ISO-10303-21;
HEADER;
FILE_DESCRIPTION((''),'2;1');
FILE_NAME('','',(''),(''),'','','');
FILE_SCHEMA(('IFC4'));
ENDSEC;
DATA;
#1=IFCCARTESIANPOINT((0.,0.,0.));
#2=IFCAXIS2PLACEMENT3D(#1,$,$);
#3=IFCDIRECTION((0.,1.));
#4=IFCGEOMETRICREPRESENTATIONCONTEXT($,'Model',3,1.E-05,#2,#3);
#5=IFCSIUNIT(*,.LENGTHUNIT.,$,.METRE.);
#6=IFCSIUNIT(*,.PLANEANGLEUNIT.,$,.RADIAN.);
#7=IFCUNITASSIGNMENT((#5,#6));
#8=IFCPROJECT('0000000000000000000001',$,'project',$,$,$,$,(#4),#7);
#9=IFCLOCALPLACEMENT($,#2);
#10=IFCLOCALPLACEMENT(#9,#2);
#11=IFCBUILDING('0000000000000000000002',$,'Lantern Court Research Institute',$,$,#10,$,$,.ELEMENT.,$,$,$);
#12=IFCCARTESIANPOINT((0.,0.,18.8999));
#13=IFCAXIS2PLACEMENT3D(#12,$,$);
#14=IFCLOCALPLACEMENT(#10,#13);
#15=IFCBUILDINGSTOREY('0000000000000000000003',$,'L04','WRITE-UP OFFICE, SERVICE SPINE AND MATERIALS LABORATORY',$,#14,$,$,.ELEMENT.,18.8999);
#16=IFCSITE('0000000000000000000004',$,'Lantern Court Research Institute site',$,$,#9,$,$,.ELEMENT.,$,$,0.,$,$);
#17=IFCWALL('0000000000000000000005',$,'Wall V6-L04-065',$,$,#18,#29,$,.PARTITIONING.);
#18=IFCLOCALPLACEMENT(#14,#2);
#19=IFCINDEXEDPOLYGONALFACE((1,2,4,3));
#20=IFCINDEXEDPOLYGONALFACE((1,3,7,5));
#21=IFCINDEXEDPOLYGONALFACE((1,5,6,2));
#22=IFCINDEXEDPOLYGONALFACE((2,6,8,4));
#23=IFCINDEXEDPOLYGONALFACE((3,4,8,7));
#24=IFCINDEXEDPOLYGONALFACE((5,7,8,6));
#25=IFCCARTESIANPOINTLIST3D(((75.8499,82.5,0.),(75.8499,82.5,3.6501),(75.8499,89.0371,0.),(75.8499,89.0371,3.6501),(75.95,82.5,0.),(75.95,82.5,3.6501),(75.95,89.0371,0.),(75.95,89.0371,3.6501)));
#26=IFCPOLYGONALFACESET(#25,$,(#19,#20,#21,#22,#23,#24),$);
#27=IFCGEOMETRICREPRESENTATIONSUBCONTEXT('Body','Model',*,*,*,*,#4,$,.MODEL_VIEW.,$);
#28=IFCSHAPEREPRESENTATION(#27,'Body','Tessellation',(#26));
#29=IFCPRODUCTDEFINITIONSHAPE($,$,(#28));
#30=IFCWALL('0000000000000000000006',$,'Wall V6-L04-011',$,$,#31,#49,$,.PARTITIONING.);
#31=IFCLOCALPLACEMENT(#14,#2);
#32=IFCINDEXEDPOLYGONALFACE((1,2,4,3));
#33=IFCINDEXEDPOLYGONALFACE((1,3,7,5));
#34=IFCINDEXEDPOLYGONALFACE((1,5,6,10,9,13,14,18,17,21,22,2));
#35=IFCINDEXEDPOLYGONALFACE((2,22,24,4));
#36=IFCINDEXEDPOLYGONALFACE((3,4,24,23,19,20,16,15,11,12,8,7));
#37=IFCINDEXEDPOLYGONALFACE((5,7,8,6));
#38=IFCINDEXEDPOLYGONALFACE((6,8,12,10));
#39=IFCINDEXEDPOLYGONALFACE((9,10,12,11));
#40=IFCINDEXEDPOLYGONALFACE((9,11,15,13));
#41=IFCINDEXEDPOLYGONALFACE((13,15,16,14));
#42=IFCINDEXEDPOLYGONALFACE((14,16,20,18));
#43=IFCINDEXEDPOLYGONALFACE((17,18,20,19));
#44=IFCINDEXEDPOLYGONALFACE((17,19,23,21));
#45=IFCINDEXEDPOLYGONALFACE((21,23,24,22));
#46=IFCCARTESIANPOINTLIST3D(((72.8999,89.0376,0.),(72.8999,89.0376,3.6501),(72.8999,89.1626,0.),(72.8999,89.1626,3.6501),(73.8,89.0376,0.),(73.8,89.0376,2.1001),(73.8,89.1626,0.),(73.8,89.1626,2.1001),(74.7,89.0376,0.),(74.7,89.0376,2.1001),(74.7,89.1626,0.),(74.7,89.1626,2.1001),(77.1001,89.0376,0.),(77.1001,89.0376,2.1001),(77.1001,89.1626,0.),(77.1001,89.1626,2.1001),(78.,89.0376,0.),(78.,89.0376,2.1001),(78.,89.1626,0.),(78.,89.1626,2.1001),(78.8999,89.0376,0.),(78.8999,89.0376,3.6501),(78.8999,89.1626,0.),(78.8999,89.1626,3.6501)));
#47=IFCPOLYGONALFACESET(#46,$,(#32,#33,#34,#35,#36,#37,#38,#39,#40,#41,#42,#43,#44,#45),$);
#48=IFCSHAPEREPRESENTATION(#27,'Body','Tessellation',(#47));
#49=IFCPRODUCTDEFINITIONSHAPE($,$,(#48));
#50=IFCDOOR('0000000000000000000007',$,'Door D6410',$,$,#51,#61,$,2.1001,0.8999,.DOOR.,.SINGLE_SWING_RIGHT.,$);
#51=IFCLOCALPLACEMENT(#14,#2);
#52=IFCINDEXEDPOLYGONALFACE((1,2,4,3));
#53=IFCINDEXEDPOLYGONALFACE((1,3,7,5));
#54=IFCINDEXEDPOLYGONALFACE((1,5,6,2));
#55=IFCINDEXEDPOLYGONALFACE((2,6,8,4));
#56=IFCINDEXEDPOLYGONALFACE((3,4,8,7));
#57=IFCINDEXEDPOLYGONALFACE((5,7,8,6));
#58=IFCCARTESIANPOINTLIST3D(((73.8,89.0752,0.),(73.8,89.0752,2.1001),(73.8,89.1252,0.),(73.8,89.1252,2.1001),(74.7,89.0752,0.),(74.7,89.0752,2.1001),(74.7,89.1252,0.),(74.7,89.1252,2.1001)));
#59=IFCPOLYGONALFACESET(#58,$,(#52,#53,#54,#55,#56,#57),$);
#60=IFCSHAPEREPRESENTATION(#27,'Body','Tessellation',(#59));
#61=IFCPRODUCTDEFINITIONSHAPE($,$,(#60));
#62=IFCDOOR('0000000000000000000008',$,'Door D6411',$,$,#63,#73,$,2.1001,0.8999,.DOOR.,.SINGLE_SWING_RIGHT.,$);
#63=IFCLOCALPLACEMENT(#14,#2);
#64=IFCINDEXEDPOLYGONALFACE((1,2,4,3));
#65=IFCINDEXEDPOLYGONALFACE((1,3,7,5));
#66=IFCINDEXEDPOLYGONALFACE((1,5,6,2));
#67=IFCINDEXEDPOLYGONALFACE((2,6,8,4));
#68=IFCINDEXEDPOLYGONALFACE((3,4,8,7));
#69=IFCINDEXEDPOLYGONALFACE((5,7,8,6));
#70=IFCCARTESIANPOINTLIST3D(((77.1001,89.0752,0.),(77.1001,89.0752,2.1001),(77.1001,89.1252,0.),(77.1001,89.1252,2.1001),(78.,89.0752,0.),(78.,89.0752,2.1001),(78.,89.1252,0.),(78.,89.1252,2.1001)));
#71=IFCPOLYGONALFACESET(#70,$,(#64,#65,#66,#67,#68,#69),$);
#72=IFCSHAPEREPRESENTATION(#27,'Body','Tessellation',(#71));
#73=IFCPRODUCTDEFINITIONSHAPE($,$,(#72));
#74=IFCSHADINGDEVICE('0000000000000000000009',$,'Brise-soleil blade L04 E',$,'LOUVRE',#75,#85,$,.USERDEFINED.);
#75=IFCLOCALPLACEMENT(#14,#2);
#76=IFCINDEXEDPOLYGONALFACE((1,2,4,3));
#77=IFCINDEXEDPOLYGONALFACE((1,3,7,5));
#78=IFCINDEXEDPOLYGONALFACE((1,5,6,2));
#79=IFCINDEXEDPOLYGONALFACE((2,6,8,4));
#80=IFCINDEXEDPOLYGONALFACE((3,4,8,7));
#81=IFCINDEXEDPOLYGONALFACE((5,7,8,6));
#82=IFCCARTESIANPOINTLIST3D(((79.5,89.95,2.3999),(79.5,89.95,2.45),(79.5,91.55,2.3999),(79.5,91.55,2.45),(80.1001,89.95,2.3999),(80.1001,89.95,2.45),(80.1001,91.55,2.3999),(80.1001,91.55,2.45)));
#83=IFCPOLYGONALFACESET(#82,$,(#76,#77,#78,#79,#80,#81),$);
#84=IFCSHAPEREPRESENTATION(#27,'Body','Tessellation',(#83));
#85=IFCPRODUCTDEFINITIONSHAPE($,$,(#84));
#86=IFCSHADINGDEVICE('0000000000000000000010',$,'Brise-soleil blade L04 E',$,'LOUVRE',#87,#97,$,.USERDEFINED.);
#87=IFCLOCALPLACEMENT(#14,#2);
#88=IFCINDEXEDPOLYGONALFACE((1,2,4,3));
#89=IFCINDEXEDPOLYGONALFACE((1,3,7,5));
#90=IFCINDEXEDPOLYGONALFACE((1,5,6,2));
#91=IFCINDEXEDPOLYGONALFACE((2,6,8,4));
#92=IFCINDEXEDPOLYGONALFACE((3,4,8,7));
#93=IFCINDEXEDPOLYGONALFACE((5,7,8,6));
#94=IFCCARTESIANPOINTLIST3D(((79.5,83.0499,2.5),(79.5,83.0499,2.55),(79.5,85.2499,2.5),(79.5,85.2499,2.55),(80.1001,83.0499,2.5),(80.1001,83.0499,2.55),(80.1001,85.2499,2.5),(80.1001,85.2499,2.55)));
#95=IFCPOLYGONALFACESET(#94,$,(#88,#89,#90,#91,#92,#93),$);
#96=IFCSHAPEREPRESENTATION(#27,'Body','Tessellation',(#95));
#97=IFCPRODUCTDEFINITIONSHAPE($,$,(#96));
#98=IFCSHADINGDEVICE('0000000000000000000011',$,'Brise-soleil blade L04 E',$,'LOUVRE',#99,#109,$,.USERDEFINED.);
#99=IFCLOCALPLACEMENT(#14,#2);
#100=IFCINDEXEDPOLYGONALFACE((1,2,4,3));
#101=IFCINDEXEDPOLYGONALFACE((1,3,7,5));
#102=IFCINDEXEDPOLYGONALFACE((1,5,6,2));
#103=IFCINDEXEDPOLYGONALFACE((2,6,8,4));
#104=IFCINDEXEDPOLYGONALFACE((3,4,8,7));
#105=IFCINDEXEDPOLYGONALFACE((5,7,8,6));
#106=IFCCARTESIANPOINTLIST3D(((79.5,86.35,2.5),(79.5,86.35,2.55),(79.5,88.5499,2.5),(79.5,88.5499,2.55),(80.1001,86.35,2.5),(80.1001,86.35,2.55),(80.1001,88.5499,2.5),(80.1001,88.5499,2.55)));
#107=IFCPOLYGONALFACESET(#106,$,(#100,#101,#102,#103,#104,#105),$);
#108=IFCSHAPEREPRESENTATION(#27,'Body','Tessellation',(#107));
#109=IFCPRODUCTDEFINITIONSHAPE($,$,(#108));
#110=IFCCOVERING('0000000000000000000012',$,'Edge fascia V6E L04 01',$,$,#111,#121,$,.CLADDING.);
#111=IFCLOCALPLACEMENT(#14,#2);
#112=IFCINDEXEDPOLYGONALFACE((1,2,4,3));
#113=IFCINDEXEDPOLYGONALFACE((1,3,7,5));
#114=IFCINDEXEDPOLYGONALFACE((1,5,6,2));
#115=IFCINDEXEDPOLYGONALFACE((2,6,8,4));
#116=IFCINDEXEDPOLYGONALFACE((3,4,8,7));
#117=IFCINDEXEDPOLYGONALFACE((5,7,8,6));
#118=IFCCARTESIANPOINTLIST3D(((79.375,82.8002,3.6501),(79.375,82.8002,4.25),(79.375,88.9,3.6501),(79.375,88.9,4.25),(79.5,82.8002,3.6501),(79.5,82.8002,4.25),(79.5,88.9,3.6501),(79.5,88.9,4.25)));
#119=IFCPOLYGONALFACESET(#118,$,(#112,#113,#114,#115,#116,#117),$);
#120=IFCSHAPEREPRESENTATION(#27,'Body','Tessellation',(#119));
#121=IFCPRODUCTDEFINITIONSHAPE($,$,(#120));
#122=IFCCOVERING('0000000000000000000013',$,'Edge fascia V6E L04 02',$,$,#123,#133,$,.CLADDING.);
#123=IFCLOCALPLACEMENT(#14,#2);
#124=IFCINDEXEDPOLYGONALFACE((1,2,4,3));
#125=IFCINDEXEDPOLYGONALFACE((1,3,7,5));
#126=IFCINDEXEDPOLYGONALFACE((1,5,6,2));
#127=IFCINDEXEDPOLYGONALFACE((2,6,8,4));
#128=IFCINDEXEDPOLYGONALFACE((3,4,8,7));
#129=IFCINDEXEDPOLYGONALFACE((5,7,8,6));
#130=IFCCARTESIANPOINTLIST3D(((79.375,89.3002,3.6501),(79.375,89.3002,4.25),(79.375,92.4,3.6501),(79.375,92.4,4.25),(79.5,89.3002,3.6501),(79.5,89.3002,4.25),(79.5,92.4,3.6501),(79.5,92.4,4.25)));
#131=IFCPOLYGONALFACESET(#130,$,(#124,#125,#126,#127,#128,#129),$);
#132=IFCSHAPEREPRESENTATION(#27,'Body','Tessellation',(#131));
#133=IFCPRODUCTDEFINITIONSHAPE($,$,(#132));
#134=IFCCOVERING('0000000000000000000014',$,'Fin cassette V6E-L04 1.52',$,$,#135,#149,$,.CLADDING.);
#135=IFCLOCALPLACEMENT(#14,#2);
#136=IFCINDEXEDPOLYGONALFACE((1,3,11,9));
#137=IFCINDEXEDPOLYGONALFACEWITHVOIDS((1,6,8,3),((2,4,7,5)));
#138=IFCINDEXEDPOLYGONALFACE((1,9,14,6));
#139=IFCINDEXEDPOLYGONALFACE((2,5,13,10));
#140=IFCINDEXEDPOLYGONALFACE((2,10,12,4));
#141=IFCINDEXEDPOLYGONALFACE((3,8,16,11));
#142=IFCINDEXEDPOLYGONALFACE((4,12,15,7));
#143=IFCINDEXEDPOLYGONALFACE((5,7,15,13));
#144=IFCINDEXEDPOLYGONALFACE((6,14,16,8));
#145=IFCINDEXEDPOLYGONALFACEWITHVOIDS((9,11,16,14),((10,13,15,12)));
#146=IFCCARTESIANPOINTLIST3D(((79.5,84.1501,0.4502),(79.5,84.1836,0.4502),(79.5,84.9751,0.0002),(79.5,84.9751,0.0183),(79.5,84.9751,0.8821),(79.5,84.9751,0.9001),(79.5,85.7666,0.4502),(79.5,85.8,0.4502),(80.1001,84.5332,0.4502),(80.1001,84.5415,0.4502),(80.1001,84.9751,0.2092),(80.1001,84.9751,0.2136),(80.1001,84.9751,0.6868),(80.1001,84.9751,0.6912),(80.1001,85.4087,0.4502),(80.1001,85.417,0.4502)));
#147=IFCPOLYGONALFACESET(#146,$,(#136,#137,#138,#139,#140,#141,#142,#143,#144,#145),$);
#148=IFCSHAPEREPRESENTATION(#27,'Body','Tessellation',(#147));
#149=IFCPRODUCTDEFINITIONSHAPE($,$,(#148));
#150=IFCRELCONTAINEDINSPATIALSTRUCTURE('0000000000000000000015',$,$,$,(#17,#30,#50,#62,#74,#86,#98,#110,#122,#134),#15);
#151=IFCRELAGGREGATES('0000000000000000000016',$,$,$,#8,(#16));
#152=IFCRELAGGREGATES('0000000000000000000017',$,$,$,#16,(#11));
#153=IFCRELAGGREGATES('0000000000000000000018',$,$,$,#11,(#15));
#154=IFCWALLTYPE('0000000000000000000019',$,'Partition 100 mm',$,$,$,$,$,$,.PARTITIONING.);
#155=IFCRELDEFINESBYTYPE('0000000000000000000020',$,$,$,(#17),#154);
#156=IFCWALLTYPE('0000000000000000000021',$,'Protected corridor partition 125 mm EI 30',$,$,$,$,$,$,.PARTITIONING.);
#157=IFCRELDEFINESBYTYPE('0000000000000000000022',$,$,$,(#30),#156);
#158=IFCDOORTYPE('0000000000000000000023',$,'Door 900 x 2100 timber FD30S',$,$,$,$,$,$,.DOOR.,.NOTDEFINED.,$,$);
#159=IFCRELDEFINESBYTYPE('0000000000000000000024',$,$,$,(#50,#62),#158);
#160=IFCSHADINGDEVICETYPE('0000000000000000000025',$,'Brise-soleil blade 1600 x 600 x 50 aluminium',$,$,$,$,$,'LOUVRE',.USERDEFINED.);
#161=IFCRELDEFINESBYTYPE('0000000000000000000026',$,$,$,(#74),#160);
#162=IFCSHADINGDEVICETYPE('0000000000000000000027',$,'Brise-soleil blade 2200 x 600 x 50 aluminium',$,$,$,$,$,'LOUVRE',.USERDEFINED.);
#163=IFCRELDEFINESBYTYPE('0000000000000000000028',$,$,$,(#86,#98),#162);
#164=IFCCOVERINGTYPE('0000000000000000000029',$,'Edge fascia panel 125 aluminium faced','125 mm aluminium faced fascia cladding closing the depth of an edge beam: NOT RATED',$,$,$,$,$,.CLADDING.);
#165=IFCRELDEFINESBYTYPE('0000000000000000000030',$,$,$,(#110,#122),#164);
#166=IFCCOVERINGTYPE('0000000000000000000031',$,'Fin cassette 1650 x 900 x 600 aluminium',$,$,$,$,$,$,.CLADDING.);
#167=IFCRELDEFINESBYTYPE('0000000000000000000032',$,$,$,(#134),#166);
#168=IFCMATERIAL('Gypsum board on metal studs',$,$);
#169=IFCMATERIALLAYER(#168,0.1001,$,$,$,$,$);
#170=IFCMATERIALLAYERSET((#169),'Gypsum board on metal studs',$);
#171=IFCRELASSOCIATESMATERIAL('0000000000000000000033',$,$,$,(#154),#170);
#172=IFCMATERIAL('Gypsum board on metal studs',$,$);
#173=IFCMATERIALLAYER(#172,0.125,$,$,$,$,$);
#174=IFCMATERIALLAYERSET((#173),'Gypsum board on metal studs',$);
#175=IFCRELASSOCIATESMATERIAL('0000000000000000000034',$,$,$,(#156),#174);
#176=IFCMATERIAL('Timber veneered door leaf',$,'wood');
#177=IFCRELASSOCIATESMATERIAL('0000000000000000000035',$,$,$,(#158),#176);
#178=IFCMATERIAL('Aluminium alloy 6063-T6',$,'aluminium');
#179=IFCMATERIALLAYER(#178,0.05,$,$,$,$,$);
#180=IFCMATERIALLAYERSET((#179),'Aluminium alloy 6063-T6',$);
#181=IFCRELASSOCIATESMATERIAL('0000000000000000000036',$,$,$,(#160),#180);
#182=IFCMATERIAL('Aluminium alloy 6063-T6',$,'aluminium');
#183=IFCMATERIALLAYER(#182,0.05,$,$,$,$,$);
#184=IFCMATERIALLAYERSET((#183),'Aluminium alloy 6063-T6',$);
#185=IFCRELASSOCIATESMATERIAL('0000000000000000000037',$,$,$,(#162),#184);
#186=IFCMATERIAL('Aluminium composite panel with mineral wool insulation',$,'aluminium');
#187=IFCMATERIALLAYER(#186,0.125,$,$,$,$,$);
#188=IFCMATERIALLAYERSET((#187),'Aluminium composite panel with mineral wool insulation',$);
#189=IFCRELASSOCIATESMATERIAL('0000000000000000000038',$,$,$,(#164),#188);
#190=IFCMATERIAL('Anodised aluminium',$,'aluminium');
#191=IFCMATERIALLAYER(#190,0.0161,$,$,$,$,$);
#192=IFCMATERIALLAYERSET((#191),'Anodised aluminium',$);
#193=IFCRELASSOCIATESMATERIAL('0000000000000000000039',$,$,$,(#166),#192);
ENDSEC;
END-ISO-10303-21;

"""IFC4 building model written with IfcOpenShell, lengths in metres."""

from ifc_helpers import new_model, entity, si_unit, direction, frame, frame_2d, origin, origin_2d, place, context, subcontext, project, spatial, rectangle, extrude, material, layer, layer_set, type_object, element, fill, save


model = new_model("IFC4")

# Units and contexts
model_context = context("Model", 3, precision=1e-05, world=origin(), true_north=direction((0.0, 1.0)))
body_context = subcontext(model_context, "Body", "Model", "MODEL_VIEW")
ifc_project = project(units=[si_unit("LENGTHUNIT", "METRE"), si_unit("PLANEANGLEUNIT", "RADIAN")], contexts=[model_context])

# Site, building, storey
site_placement = place(None, origin())
site = spatial("IfcSite", under=ifc_project, at=site_placement, Name="Lantern Court Research Institute site", CompositionType="ELEMENT", RefElevation=0.0)
building_placement = place(site_placement, origin())
building = spatial("IfcBuilding", under=site, at=building_placement, Name="Lantern Court Research Institute", CompositionType="ELEMENT")
storey_placement = place(building_placement, frame((0.0, 0.0, 18.8999)))
storey = spatial("IfcBuildingStorey", under=building, at=storey_placement, Name="L04", Description="WRITE-UP OFFICE, SERVICE SPINE AND MATERIALS LABORATORY", CompositionType="ELEMENT", Elevation=18.8999)

# Wall
ifc_material_1 = material(Name="Gypsum board on metal studs")
ifc_layer_1 = layer(ifc_material_1, 0.1001)
ifc_layer_set_1 = layer_set([ifc_layer_1], Name="Gypsum board on metal studs")
wall_type_1 = type_object("IfcWallType", Name="Partition 100 mm", PredefinedType="PARTITIONING", material=ifc_layer_set_1)
wall_1_placement = place(storey_placement, frame((75.8999, 82.5, 0.0), z_axis=(0.0, 0.0, 1.0), x_axis=(0.0, 1.0, 0.0)))
element("IfcWall", 1, at=wall_1_placement, inside=storey, type_object=wall_type_1, Name="Wall V6-L04-065", PredefinedType="PARTITIONING", context=body_context, shape_type="SweptSolid", body=[
    extrude(rectangle(XDim=6.5371, YDim=0.1001, at=frame_2d((3.2686, 0.0))), origin(), (0.0, 0.0, 1.0), 3.6501),
])

# Wall, openings, doors
ifc_material_2 = material(Name="Gypsum board on metal studs")
ifc_layer_2 = layer(ifc_material_2, 0.125)
ifc_layer_set_2 = layer_set([ifc_layer_2], Name="Gypsum board on metal studs")
wall_type_2 = type_object("IfcWallType", Name="Protected corridor partition 125 mm EI 30", PredefinedType="PARTITIONING", material=ifc_layer_set_2)
wall_2_placement = place(storey_placement, frame((78.8999, 89.1001, 0.0), z_axis=(0.0, 0.0, 1.0), x_axis=(-1.0, 0.0, 0.0)))
wall_2 = element("IfcWall", 2, at=wall_2_placement, inside=storey, type_object=wall_type_2, Name="Wall V6-L04-011", PredefinedType="PARTITIONING", context=body_context, shape_type="SweptSolid", body=[
    extrude(rectangle(XDim=6.0, YDim=0.125, at=frame_2d((3.0, 0.0))), origin(), (0.0, 0.0, 1.0), 3.6501),
])
opening_1_placement = place(wall_2_placement, frame((4.2, 0.0, 0.0)))
opening_1 = element("IfcOpeningElement", 3, at=opening_1_placement, cuts=wall_2, PredefinedType="OPENING", context=body_context, shape_type="SweptSolid", body=[
    extrude(rectangle(XDim=0.8999, YDim=2.1001, at=frame_2d((0.45, 1.05))), frame((0.0, 0.0725, 0.0), z_axis=(0.0, -1.0, 0.0), x_axis=(1.0, 0.0, 0.0)), (0.0, 0.0, 1.0), 0.145),
])
opening_2_placement = place(wall_2_placement, frame((0.8999, 0.0, 0.0)))
opening_2 = element("IfcOpeningElement", 4, at=opening_2_placement, cuts=wall_2, PredefinedType="OPENING", context=body_context, shape_type="SweptSolid", body=[
    extrude(rectangle(XDim=0.8999, YDim=2.1001, at=frame_2d((0.45, 1.05))), frame((0.0, 0.0725, 0.0), z_axis=(0.0, -1.0, 0.0), x_axis=(1.0, 0.0, 0.0)), (0.0, 0.0, 1.0), 0.145),
])
ifc_material_3 = material(Name="Timber veneered door leaf", Category="wood")
door_type = type_object("IfcDoorType", Name="Door 900 x 2100 timber FD30S", OperationType="NOTDEFINED", PredefinedType="DOOR", material=ifc_material_3)
door_1_placement = place(opening_1_placement, origin())
door_1 = element("IfcDoor", 5, at=door_1_placement, inside=storey, type_object=door_type, Name="Door D6410", OperationType="SINGLE_SWING_RIGHT", OverallHeight=2.1001, OverallWidth=0.8999, PredefinedType="DOOR", context=body_context, shape_type="SweptSolid", body=[
    extrude(rectangle(XDim=0.8999, YDim=2.1001, at=frame_2d((0.45, 1.05))), frame((0.0, 0.0249, 0.0), z_axis=(0.0, -1.0, 0.0), x_axis=(1.0, 0.0, 0.0)), (0.0, 0.0, 1.0), 0.05),
])
fill(opening_1, door_1)
door_2_placement = place(opening_2_placement, origin())
door_2 = element("IfcDoor", 6, at=door_2_placement, inside=storey, type_object=door_type, Name="Door D6411", OperationType="SINGLE_SWING_RIGHT", OverallHeight=2.1001, OverallWidth=0.8999, PredefinedType="DOOR", context=body_context, shape_type="SweptSolid", body=[
    extrude(rectangle(XDim=0.8999, YDim=2.1001, at=frame_2d((0.45, 1.05))), frame((0.0, 0.0249, 0.0), z_axis=(0.0, -1.0, 0.0), x_axis=(1.0, 0.0, 0.0)), (0.0, 0.0, 1.0), 0.05),
])
fill(opening_2, door_2)

# Shading devices
ifc_material_4 = material(Name="Aluminium alloy 6063-T6", Category="aluminium")
ifc_layer_3 = layer(ifc_material_4, 0.05)
ifc_layer_set_3 = layer_set([ifc_layer_3], Name="Aluminium alloy 6063-T6")
shading_device_type_1 = type_object("IfcShadingDeviceType", Name="Brise-soleil blade 1600 x 600 x 50 aluminium", ElementType="LOUVRE", PredefinedType="USERDEFINED", material=ifc_layer_set_3)
shading_device_placement = place(storey_placement, frame((79.8, 90.75, 2.3999), z_axis=(0.0, 0.0, 1.0), x_axis=(0.0, -1.0, 0.0)))
element("IfcShadingDevice", 7, at=shading_device_placement, inside=storey, type_object=shading_device_type_1, Name="Brise-soleil blade L04 E", ObjectType="LOUVRE", PredefinedType="USERDEFINED", context=body_context, shape_type="SweptSolid", body=[
    extrude(rectangle(XDim=1.6001, YDim=0.6001, at=origin_2d()), origin(), (0.0, 0.0, 1.0), 0.05),
])
ifc_material_5 = material(Name="Aluminium alloy 6063-T6", Category="aluminium")
ifc_layer_4 = layer(ifc_material_5, 0.05)
ifc_layer_set_4 = layer_set([ifc_layer_4], Name="Aluminium alloy 6063-T6")
shading_device_type_2 = type_object("IfcShadingDeviceType", Name="Brise-soleil blade 2200 x 600 x 50 aluminium", ElementType="LOUVRE", PredefinedType="USERDEFINED", material=ifc_layer_set_4)
for number, where, z_axis, x_axis, name in (
    (8, (79.8, 84.1499, 2.5), (0.0, 0.0, 1.0), (0.0, -1.0, 0.0), "Brise-soleil blade L04 E"),
    (9, (79.8, 87.45, 2.5), (0.0, 0.0, 1.0), (0.0, -1.0, 0.0), "Brise-soleil blade L04 E"),
):
    element("IfcShadingDevice", number, at=place(storey_placement, frame(where, z_axis=z_axis, x_axis=x_axis)), inside=storey, type_object=shading_device_type_2, Name=name, ObjectType="LOUVRE", PredefinedType="USERDEFINED", context=body_context, shape_type="SweptSolid", body=[
        extrude(rectangle(XDim=2.2, YDim=0.6001, at=origin_2d()), origin(), (0.0, 0.0, 1.0), 0.05),
    ])

# Coverings
ifc_material_6 = material(Name="Aluminium composite panel with mineral wool insulation", Category="aluminium")
ifc_layer_5 = layer(ifc_material_6, 0.125)
ifc_layer_set_5 = layer_set([ifc_layer_5], Name="Aluminium composite panel with mineral wool insulation")
covering_type_1 = type_object("IfcCoveringType", Name="Edge fascia panel 125 aluminium faced", Description="125 mm aluminium faced fascia cladding closing the depth of an edge beam: NOT RATED", PredefinedType="CLADDING", material=ifc_layer_set_5)
covering_1_placement = place(storey_placement, frame((79.4375, 88.8999, 3.6501), z_axis=(0.0, 0.0, 1.0), x_axis=(0.0, -1.0, 0.0)))
element("IfcCovering", 10, at=covering_1_placement, inside=storey, type_object=covering_type_1, Name="Edge fascia V6E L04 01", PredefinedType="CLADDING", context=body_context, shape_type="SweptSolid", body=[
    extrude(rectangle(XDim=6.0999, YDim=0.125, at=frame_2d((3.0498, 0.0))), origin(), (0.0, 0.0, 1.0), 0.5999),
])
covering_2_placement = place(storey_placement, frame((79.4375, 92.3999, 3.6501), z_axis=(0.0, 0.0, 1.0), x_axis=(0.0, -1.0, 0.0)))
element("IfcCovering", 11, at=covering_2_placement, inside=storey, type_object=covering_type_1, Name="Edge fascia V6E L04 02", PredefinedType="CLADDING", context=body_context, shape_type="SweptSolid", body=[
    extrude(rectangle(XDim=3.0999, YDim=0.125, at=frame_2d((1.5498, 0.0))), origin(), (0.0, 0.0, 1.0), 0.5999),
])
ifc_material_7 = material(Name="Anodised aluminium", Category="aluminium")
ifc_layer_6 = layer(ifc_material_7, 0.0161)
ifc_layer_set_6 = layer_set([ifc_layer_6], Name="Anodised aluminium")
covering_type_2 = type_object("IfcCoveringType", Name="Fin cassette 1650 x 900 x 600 aluminium", PredefinedType="CLADDING", material=ifc_layer_set_6)
covering_3_placement = place(storey_placement, frame((79.5, 84.9751, 0.4502), z_axis=(1.0, 0.0, 0.0), x_axis=(0.0, 1.0, 0.0)))
cartesian_point_1 = entity("IfcCartesianPoint", [0.825, 0.0])
cartesian_point_2 = entity("IfcCartesianPoint", [0.7915, 0.0])
cartesian_point_3 = entity("IfcCartesianPoint", [0.4419, 0.0])
cartesian_point_4 = entity("IfcCartesianPoint", [0.4336, 0.0])
element("IfcCovering", 12, at=covering_3_placement, inside=storey, type_object=covering_type_2, Name="Fin cassette V6E-L04 1.52", PredefinedType="CLADDING", context=body_context, shape_type="SweptSolid", body=[
    entity("IfcExtrudedAreaSolidTapered", entity("IfcArbitraryProfileDefWithVoids", "AREA", None, entity("IfcPolyline", [cartesian_point_1, entity("IfcCartesianPoint", [0.0, 0.45]), entity("IfcCartesianPoint", [-0.825, 0.0]), entity("IfcCartesianPoint", [0.0, -0.45]), cartesian_point_1]), [entity("IfcPolyline", [cartesian_point_2, entity("IfcCartesianPoint", [0.0, 0.4319]), entity("IfcCartesianPoint", [-0.7915, 0.0]), entity("IfcCartesianPoint", [0.0, -0.4319]), cartesian_point_2])]), entity("IfcAxis2Placement3D", entity("IfcCartesianPoint", [0.0, 0.0, 0.0])), entity("IfcDirection", [0.0, 0.0, 1.0]), 0.6001, entity("IfcArbitraryProfileDefWithVoids", "AREA", None, entity("IfcPolyline", [cartesian_point_3, entity("IfcCartesianPoint", [0.0, 0.241]), entity("IfcCartesianPoint", [-0.4419, 0.0]), entity("IfcCartesianPoint", [0.0, -0.241]), cartesian_point_3]), [entity("IfcPolyline", [cartesian_point_4, entity("IfcCartesianPoint", [0.0, 0.2366]), entity("IfcCartesianPoint", [-0.4336, 0.0]), entity("IfcCartesianPoint", [0.0, -0.2366]), cartesian_point_4])])),
])

save(model, "model.ifc")
